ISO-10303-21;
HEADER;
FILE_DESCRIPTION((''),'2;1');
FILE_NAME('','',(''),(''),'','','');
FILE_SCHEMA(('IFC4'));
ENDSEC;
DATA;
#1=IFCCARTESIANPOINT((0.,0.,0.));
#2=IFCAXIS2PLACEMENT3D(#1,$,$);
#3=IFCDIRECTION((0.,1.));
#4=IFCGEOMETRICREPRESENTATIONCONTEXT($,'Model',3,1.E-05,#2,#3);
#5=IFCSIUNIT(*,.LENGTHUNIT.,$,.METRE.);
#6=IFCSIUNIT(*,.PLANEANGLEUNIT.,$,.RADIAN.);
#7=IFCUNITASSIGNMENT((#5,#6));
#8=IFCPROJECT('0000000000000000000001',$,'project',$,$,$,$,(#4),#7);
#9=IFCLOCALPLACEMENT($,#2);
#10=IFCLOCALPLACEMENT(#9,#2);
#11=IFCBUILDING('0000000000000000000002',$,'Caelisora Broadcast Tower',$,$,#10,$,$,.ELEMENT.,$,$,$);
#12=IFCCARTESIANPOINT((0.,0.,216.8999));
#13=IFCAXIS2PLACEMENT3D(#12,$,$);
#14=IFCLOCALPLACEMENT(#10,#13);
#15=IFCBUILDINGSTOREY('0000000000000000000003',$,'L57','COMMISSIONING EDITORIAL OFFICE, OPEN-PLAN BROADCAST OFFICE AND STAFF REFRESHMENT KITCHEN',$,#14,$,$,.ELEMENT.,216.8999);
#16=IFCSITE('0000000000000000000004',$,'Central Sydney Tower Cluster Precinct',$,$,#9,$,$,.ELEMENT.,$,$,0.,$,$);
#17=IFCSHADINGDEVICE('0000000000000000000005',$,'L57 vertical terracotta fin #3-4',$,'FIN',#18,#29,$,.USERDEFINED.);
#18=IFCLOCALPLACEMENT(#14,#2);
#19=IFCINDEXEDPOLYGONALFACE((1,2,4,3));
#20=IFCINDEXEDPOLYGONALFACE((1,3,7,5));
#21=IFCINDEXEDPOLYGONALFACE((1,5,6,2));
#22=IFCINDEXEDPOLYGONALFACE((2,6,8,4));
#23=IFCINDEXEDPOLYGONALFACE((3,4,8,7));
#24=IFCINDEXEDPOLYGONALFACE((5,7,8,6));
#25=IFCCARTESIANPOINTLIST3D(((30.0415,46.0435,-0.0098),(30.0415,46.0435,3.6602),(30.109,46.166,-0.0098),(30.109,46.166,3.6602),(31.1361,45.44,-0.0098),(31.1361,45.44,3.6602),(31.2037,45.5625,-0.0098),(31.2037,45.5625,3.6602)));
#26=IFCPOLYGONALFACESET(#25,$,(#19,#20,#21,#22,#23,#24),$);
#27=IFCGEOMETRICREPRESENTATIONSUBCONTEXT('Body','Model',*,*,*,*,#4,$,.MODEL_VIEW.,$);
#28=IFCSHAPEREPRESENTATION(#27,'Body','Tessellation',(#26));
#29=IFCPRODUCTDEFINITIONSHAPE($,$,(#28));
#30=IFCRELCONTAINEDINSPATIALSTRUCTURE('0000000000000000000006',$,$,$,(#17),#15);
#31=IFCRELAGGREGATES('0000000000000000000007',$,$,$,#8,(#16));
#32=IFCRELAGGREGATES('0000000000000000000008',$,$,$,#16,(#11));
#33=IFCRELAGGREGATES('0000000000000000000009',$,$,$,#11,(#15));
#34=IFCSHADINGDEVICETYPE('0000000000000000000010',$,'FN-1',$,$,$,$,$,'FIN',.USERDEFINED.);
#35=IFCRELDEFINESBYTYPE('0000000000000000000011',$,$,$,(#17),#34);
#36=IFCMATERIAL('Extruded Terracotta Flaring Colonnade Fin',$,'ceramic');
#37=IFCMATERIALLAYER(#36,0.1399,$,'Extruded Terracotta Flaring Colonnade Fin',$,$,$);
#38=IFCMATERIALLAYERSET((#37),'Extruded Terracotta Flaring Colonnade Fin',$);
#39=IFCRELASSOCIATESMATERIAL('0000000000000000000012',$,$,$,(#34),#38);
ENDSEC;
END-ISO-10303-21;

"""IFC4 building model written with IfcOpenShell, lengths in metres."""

from ifc_helpers import new_model, si_unit, direction, frame, origin, origin_2d, place, context, subcontext, project, spatial, rectangle, extrude, source, transform, mapped, material, layer, layer_set, type_object, type_shapes, element, save


model = new_model("IFC4")

# Units and contexts
model_context = context("Model", 3, precision=1e-05, world=origin(), true_north=direction((0.0, 1.0)))
body_context = subcontext(model_context, "Body", "Model", "MODEL_VIEW")
ifc_project = project(units=[si_unit("LENGTHUNIT", "METRE"), si_unit("PLANEANGLEUNIT", "RADIAN")], contexts=[model_context])

# Site, building, storey
site_placement = place(None, origin())
site = spatial("IfcSite", under=ifc_project, at=site_placement, Name="Central Sydney Tower Cluster Precinct", CompositionType="ELEMENT", RefElevation=0.0)
building_placement = place(site_placement, origin())
building = spatial("IfcBuilding", under=site, at=building_placement, Name="Caelisora Broadcast Tower", CompositionType="ELEMENT")
storey_placement = place(building_placement, frame((0.0, 0.0, 216.8999)))
storey = spatial("IfcBuildingStorey", under=building, at=storey_placement, Name="L57", Description="COMMISSIONING EDITORIAL OFFICE, OPEN-PLAN BROADCAST OFFICE AND STAFF REFRESHMENT KITCHEN", CompositionType="ELEMENT", Elevation=216.8999)

# Shading device
ifc_material_1 = material(Name="Extruded Terracotta Flaring Colonnade Fin", Category="ceramic")
ifc_layer_1 = layer(ifc_material_1, 0.1399, Name="Extruded Terracotta Flaring Colonnade Fin")
ifc_layer_set_1 = layer_set([ifc_layer_1], Name="Extruded Terracotta Flaring Colonnade Fin")
shading_device_type = type_object("IfcShadingDeviceType", Name="FN-1", ElementType="FIN", PredefinedType="USERDEFINED", material=ifc_layer_set_1)
shared_shape_1 = source(origin(), body_context, "Body", "SweptSolid", [
    extrude(rectangle(XDim=0.1399, YDim=1.25, at=origin_2d()), origin(), (0.0, 0.0, 1.0), 3.6699),
])
type_shapes(shading_device_type, [shared_shape_1])
for number, where, z_axis, x_axis, name in (
    (1, (30.6226, 45.803, -0.0098), (0.0, 0.0, 1.0), (0.482824, 0.875717, 0.0), "L57 vertical terracotta fin #3-4"),
):
    element("IfcShadingDevice", number, at=place(storey_placement, frame(where, z_axis=z_axis, x_axis=x_axis)), inside=storey, type_object=shading_device_type, Name=name, ObjectType="FIN", PredefinedType="USERDEFINED", context=body_context, shape_type="MappedRepresentation", body=[
        mapped(shared_shape_1, transform((0.0, 0.0, 0.0), scale=1.0)),
    ])

save(model, "model.ifc")
